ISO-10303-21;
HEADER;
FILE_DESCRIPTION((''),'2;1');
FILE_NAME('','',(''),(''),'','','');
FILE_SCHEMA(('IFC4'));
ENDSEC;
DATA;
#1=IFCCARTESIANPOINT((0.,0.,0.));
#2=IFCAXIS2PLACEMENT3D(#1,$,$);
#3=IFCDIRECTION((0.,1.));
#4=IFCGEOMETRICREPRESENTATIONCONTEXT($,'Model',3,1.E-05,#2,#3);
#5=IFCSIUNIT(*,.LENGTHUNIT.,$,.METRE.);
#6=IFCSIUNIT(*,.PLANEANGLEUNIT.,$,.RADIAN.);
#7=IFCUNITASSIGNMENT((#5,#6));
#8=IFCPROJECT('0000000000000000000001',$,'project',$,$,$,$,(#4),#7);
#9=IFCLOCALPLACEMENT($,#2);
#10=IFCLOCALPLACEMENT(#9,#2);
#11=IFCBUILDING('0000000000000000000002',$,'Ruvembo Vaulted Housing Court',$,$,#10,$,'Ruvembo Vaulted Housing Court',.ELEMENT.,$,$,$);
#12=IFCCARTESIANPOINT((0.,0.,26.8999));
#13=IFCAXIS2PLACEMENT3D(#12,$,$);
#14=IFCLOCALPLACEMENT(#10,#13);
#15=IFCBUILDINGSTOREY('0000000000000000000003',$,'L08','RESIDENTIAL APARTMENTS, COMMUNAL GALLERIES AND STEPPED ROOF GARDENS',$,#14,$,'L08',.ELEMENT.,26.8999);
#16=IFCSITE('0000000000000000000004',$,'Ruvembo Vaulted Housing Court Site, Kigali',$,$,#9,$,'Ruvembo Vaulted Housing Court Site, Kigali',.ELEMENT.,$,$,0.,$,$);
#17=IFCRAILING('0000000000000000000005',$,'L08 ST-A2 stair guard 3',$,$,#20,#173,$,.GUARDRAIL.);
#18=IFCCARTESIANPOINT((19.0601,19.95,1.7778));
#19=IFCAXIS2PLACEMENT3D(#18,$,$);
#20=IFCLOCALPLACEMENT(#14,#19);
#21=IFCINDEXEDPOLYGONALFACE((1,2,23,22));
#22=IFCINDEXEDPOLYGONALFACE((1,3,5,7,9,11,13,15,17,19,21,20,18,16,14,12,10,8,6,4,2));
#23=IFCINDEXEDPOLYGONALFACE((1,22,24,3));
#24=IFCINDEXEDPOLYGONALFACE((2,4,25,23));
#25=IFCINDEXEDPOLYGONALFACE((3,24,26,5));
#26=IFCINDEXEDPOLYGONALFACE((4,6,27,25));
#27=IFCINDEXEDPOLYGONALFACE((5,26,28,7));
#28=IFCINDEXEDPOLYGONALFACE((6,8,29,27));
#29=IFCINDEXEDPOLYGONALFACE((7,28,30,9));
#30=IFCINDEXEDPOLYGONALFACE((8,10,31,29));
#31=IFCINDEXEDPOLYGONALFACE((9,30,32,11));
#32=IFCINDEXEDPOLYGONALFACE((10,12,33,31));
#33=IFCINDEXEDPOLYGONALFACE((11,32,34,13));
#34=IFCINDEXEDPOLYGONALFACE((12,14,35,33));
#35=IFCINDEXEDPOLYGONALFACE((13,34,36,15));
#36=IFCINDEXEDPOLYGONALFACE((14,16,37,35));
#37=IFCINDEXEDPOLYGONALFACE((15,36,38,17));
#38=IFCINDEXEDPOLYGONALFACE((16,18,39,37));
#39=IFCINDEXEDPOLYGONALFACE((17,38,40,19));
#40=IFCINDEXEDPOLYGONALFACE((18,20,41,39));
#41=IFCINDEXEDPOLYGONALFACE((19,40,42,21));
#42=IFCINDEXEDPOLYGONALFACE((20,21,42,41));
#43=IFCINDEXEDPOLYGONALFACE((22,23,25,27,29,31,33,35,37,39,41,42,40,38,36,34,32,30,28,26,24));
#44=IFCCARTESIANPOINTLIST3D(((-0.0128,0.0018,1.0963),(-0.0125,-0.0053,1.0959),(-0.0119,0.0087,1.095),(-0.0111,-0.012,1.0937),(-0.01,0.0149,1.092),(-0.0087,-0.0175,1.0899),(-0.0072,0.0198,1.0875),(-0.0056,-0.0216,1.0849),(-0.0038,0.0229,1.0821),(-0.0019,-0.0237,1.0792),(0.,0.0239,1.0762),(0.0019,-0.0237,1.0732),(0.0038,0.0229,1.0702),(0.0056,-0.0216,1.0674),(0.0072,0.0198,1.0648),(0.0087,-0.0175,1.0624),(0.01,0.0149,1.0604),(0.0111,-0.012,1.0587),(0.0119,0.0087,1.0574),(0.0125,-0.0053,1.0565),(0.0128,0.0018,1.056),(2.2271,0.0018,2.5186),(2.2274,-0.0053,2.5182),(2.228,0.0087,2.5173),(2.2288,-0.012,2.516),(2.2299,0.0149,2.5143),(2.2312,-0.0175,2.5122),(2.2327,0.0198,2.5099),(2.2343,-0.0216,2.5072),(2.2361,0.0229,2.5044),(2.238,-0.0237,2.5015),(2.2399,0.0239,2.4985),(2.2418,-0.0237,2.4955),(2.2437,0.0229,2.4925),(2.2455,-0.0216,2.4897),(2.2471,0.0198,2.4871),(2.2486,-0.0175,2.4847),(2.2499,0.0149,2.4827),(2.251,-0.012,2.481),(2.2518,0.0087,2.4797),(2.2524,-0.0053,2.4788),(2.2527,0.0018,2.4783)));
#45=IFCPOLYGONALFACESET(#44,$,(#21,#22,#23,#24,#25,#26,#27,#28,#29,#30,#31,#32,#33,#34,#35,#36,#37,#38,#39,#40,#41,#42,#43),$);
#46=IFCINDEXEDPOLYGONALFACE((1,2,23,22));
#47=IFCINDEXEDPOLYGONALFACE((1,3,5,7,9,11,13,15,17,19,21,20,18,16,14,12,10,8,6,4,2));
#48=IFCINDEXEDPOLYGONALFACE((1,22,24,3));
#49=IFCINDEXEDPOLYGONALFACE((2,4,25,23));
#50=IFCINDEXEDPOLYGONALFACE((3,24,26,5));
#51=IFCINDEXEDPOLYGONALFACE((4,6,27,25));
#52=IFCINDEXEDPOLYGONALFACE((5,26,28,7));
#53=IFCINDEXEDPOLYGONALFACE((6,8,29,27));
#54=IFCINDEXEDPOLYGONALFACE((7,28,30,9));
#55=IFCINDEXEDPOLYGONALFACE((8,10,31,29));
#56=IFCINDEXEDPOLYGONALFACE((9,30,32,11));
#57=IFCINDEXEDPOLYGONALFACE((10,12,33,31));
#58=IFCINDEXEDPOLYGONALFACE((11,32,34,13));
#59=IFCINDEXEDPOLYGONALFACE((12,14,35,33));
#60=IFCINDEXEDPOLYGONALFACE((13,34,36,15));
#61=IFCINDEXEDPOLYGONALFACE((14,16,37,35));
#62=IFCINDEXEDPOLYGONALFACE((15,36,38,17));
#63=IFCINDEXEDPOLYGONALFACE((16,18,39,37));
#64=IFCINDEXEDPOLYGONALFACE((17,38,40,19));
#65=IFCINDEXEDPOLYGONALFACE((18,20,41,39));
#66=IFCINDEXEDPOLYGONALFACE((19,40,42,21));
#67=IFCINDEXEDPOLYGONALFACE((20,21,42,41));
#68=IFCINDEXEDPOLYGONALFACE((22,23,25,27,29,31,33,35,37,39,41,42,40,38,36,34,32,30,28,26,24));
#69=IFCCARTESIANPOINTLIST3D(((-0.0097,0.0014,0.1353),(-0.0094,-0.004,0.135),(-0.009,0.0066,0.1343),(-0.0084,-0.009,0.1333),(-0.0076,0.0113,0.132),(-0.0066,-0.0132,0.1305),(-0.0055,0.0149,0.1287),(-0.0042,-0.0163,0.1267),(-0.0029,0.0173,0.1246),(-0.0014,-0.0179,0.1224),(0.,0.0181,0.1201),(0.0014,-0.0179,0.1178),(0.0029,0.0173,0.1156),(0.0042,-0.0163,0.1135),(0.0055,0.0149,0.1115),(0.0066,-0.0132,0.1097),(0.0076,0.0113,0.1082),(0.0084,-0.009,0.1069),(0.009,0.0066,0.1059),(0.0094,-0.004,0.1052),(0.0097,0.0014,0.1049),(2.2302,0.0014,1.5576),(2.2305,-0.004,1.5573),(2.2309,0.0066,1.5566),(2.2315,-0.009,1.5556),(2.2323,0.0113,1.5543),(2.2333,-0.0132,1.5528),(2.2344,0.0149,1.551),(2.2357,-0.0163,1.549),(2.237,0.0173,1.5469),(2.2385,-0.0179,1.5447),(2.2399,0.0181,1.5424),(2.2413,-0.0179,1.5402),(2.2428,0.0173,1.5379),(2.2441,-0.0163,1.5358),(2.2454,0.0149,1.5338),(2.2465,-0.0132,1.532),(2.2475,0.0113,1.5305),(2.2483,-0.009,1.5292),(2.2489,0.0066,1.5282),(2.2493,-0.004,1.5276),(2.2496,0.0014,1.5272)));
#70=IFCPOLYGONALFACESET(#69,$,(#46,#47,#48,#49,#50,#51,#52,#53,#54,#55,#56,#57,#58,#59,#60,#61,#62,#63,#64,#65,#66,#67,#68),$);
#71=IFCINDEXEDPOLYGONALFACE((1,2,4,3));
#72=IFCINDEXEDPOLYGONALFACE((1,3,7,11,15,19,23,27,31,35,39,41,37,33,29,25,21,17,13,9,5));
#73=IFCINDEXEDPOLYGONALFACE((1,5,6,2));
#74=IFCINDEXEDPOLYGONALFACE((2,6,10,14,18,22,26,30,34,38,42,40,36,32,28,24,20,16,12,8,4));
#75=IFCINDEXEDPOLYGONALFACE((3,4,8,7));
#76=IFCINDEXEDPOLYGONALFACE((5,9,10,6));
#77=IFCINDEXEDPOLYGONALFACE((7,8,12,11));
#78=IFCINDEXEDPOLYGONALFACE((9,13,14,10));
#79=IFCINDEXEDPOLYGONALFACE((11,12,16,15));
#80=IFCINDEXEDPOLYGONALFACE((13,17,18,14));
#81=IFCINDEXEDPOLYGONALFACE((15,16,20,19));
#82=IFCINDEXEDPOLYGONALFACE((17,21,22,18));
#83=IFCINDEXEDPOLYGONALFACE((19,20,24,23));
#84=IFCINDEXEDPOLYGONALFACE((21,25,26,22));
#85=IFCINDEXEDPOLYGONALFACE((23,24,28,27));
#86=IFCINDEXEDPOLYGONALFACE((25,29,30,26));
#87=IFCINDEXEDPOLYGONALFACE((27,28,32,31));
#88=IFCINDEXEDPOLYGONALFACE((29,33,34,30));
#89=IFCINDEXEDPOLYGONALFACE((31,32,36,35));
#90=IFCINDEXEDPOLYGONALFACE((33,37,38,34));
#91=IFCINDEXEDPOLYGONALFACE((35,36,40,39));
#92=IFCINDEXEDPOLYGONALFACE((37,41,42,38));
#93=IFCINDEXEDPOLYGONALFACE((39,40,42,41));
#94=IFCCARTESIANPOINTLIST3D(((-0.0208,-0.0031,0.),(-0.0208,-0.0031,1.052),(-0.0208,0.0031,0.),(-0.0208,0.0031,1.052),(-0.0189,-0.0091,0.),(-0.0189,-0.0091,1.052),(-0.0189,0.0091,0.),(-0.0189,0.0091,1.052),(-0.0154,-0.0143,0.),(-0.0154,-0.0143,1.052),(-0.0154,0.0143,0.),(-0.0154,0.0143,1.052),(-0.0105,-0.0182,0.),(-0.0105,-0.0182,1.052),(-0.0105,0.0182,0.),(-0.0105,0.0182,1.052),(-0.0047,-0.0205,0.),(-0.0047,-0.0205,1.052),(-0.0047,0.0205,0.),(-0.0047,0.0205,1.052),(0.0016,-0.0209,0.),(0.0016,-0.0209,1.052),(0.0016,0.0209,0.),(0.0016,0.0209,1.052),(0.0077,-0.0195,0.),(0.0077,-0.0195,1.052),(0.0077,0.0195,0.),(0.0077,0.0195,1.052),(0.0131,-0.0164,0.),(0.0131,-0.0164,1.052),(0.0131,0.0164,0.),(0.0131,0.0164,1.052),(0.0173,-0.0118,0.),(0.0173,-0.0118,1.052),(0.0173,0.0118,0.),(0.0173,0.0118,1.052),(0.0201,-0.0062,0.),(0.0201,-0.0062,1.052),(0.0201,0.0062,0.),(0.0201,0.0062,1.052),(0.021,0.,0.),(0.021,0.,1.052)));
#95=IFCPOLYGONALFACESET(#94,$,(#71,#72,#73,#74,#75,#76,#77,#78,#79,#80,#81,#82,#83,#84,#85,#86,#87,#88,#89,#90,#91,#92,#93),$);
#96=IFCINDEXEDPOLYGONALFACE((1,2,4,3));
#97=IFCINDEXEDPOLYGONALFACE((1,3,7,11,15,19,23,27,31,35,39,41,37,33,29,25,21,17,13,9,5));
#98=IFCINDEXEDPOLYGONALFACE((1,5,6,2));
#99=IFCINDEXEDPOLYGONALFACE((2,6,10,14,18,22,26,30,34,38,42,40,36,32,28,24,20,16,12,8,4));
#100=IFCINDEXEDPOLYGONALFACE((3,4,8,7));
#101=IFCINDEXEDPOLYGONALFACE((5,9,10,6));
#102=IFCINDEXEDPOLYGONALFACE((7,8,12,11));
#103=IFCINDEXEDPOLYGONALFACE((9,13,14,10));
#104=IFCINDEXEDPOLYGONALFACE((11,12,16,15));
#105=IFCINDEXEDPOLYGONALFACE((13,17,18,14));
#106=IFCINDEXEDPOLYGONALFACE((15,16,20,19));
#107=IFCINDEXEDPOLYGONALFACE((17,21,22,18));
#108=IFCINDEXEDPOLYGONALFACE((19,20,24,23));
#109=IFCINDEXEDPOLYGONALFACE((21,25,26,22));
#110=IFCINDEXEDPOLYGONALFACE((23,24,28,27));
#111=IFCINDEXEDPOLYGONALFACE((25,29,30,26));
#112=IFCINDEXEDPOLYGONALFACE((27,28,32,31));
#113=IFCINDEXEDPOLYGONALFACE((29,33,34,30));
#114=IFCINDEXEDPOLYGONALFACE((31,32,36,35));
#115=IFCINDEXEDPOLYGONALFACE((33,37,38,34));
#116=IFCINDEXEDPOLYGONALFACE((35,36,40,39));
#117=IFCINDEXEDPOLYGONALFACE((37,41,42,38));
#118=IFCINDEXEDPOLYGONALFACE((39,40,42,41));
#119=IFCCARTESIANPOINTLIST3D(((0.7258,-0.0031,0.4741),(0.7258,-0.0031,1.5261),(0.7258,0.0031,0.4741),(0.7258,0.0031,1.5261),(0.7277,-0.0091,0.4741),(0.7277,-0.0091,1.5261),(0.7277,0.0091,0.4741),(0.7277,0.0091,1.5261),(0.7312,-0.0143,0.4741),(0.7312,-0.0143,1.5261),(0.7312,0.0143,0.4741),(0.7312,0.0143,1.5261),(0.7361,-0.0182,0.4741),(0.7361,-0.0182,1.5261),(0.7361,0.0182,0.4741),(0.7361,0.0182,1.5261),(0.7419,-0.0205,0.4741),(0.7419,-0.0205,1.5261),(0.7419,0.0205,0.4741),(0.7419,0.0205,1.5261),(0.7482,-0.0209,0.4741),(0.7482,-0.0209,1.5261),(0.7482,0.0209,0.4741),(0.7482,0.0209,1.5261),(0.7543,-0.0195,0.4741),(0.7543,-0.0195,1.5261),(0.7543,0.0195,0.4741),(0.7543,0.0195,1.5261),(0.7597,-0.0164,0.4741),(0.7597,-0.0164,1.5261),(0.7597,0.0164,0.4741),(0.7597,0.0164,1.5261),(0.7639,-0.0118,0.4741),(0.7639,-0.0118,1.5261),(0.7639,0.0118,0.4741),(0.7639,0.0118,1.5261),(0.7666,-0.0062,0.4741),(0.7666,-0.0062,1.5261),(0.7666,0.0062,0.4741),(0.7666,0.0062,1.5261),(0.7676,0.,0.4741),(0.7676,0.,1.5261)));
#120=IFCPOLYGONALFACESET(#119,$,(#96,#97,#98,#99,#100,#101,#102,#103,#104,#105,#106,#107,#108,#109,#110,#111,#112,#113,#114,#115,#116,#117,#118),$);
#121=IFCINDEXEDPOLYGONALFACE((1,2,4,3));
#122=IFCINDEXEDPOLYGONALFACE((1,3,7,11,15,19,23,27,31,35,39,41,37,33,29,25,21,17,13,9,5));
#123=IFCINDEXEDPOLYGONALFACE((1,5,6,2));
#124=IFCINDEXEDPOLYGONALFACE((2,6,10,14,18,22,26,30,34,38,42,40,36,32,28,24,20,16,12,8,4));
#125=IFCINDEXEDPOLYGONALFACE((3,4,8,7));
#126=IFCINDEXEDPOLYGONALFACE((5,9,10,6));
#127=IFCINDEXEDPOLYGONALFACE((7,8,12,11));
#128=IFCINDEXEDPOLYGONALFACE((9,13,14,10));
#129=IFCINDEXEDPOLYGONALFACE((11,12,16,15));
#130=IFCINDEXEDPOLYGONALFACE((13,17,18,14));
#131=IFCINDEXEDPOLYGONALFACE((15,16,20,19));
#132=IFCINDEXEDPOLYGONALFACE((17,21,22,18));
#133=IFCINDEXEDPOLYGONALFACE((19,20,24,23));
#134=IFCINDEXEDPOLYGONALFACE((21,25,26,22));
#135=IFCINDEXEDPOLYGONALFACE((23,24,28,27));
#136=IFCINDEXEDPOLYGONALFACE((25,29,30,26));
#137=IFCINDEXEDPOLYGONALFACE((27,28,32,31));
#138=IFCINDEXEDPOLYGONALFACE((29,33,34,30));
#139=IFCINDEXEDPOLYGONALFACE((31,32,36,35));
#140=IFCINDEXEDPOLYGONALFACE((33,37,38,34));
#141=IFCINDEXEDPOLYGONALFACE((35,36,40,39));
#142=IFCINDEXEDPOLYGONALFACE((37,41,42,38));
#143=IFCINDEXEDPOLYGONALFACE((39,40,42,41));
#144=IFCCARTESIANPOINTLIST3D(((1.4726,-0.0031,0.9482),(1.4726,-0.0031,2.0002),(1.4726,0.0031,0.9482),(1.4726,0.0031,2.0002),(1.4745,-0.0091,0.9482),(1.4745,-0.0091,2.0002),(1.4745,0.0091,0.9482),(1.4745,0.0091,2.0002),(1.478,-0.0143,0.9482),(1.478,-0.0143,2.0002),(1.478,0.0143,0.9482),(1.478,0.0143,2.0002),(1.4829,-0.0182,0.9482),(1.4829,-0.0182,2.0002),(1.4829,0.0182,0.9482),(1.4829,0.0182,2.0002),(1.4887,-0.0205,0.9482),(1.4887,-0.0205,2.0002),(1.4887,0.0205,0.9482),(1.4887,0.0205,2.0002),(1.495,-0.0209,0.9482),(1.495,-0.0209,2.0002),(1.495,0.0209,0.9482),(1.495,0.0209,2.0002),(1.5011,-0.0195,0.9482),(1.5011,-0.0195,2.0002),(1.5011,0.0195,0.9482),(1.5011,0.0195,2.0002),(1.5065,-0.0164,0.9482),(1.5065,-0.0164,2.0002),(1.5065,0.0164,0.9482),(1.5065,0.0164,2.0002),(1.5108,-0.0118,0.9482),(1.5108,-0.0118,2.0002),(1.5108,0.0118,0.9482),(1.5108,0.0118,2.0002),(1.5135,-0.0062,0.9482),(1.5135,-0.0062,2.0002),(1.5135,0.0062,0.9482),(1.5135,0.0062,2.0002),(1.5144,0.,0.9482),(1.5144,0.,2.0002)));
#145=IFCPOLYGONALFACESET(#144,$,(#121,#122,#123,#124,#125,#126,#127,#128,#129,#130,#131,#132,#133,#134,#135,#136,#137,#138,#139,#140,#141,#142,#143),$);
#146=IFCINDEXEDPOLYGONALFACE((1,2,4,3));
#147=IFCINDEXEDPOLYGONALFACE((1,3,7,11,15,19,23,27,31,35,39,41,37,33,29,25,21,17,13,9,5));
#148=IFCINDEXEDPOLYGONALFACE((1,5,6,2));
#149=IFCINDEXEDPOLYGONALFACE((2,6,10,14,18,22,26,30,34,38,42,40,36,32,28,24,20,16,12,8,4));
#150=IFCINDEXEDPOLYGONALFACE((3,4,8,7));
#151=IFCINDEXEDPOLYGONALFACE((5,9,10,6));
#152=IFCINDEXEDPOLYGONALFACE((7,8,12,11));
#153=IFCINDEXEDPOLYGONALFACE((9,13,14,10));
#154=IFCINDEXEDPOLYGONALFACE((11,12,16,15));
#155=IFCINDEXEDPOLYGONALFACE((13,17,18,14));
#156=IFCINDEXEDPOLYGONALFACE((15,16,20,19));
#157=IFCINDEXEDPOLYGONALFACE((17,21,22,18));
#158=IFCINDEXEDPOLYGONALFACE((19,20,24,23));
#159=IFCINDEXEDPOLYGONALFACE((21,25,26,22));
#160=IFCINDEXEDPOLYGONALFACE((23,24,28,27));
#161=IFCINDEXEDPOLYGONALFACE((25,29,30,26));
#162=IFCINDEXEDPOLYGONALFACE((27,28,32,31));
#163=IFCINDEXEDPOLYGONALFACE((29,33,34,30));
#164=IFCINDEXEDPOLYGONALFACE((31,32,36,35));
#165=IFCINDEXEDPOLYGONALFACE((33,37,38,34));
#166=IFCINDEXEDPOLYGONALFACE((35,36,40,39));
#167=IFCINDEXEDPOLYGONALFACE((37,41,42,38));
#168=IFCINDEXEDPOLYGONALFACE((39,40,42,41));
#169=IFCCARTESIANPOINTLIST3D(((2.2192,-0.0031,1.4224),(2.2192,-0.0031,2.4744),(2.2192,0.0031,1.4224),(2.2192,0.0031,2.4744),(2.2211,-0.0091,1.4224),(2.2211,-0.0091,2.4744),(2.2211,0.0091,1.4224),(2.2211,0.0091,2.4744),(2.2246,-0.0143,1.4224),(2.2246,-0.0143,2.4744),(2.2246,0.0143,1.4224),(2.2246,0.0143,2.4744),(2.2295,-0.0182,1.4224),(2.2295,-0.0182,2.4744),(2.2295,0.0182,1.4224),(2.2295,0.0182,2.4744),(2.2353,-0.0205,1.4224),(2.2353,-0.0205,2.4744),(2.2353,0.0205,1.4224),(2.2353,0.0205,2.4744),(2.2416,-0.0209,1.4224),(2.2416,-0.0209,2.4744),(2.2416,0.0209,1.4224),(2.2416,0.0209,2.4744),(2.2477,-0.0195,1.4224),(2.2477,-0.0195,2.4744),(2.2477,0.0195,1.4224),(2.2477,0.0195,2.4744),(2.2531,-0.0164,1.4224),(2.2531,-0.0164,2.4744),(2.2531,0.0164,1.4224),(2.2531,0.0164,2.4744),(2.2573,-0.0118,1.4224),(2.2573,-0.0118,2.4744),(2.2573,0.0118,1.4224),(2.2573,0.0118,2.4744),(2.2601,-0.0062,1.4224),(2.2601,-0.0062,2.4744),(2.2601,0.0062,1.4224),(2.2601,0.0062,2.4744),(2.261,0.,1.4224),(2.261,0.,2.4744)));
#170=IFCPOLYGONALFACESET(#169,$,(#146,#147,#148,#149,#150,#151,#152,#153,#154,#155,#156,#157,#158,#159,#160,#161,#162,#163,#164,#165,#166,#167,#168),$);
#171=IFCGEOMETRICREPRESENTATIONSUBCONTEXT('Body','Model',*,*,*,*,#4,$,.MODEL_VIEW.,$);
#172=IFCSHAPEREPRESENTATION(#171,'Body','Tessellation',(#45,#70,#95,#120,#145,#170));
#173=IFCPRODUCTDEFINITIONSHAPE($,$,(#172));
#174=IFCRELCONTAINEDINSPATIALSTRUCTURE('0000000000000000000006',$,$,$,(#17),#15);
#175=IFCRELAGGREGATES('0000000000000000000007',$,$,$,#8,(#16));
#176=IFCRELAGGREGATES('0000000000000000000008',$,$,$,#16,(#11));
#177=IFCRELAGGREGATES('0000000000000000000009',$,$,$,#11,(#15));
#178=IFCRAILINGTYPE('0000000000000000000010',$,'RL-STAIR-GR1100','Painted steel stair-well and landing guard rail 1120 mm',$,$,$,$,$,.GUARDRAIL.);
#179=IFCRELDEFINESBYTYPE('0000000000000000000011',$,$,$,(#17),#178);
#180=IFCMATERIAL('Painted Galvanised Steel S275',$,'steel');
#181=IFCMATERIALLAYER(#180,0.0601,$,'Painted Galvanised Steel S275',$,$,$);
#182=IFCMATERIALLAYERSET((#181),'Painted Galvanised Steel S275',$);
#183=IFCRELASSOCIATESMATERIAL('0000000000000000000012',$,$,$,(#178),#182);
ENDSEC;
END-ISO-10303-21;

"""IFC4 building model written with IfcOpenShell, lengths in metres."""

from ifc_helpers import new_model, si_unit, direction, frame, origin, origin_2d, place, context, subcontext, project, spatial, circle, extrude, material, layer, layer_set, type_object, element, save


model = new_model("IFC4")

# Units and contexts
model_context = context("Model", 3, precision=1e-05, world=origin(), true_north=direction((0.0, 1.0)))
body_context = subcontext(model_context, "Body", "Model", "MODEL_VIEW")
ifc_project = project(units=[si_unit("LENGTHUNIT", "METRE"), si_unit("PLANEANGLEUNIT", "RADIAN")], contexts=[model_context])

# Site, building, storey
site_placement = place(None, origin())
site = spatial("IfcSite", under=ifc_project, at=site_placement, Name="Ruvembo Vaulted Housing Court Site, Kigali", LongName="Ruvembo Vaulted Housing Court Site, Kigali", CompositionType="ELEMENT", RefElevation=0.0)
building_placement = place(site_placement, origin())
building = spatial("IfcBuilding", under=site, at=building_placement, Name="Ruvembo Vaulted Housing Court", LongName="Ruvembo Vaulted Housing Court", CompositionType="ELEMENT")
storey_placement = place(building_placement, frame((0.0, 0.0, 26.8999)))
storey = spatial("IfcBuildingStorey", under=building, at=storey_placement, Name="L08", Description="RESIDENTIAL APARTMENTS, COMMUNAL GALLERIES AND STEPPED ROOF GARDENS", LongName="L08", CompositionType="ELEMENT", Elevation=26.8999)

# Railing
ifc_material_1 = material(Name="Painted Galvanised Steel S275", Category="steel")
ifc_layer_1 = layer(ifc_material_1, 0.0601, Name="Painted Galvanised Steel S275")
ifc_layer_set_1 = layer_set([ifc_layer_1], Name="Painted Galvanised Steel S275")
railing_type_1 = type_object("IfcRailingType", Name="RL-STAIR-GR1100", Description="Painted steel stair-well and landing guard rail 1120 mm", PredefinedType="GUARDRAIL", material=ifc_layer_set_1)
railing_1_placement = place(storey_placement, frame((19.0601, 19.95, 1.7778)))
element("IfcRailing", 1, at=railing_1_placement, inside=storey, type_object=railing_type_1, Name="L08 ST-A2 stair guard 3", PredefinedType="GUARDRAIL", context=body_context, shape_type="SweptSolid", body=[
    extrude(circle(Radius=0.0239, at=origin_2d()), frame((0.0, 0.0, 1.0762), z_axis=(0.844188, 0.0, 0.536048), x_axis=(0.0, 1.0, 0.0)), (0.0, 0.0, 1.0), 2.6533),
    extrude(circle(Radius=0.0181, at=origin_2d()), frame((0.0, 0.0, 0.1201), z_axis=(0.844188, 0.0, 0.536048), x_axis=(0.0, 1.0, 0.0)), (0.0, 0.0, 1.0), 2.6533),
    extrude(circle(Radius=0.021, at=origin_2d()), origin(), (0.0, 0.0, 1.0), 1.052),
    extrude(circle(Radius=0.021, at=origin_2d()), frame((0.7466, 0.0, 0.4741)), (0.0, 0.0, 1.0), 1.052),
    extrude(circle(Radius=0.021, at=origin_2d()), frame((1.4934, 0.0, 0.9482)), (0.0, 0.0, 1.0), 1.052),
    extrude(circle(Radius=0.021, at=origin_2d()), frame((2.24, 0.0, 1.4224)), (0.0, 0.0, 1.0), 1.052),
])

save(model, "model.ifc")
